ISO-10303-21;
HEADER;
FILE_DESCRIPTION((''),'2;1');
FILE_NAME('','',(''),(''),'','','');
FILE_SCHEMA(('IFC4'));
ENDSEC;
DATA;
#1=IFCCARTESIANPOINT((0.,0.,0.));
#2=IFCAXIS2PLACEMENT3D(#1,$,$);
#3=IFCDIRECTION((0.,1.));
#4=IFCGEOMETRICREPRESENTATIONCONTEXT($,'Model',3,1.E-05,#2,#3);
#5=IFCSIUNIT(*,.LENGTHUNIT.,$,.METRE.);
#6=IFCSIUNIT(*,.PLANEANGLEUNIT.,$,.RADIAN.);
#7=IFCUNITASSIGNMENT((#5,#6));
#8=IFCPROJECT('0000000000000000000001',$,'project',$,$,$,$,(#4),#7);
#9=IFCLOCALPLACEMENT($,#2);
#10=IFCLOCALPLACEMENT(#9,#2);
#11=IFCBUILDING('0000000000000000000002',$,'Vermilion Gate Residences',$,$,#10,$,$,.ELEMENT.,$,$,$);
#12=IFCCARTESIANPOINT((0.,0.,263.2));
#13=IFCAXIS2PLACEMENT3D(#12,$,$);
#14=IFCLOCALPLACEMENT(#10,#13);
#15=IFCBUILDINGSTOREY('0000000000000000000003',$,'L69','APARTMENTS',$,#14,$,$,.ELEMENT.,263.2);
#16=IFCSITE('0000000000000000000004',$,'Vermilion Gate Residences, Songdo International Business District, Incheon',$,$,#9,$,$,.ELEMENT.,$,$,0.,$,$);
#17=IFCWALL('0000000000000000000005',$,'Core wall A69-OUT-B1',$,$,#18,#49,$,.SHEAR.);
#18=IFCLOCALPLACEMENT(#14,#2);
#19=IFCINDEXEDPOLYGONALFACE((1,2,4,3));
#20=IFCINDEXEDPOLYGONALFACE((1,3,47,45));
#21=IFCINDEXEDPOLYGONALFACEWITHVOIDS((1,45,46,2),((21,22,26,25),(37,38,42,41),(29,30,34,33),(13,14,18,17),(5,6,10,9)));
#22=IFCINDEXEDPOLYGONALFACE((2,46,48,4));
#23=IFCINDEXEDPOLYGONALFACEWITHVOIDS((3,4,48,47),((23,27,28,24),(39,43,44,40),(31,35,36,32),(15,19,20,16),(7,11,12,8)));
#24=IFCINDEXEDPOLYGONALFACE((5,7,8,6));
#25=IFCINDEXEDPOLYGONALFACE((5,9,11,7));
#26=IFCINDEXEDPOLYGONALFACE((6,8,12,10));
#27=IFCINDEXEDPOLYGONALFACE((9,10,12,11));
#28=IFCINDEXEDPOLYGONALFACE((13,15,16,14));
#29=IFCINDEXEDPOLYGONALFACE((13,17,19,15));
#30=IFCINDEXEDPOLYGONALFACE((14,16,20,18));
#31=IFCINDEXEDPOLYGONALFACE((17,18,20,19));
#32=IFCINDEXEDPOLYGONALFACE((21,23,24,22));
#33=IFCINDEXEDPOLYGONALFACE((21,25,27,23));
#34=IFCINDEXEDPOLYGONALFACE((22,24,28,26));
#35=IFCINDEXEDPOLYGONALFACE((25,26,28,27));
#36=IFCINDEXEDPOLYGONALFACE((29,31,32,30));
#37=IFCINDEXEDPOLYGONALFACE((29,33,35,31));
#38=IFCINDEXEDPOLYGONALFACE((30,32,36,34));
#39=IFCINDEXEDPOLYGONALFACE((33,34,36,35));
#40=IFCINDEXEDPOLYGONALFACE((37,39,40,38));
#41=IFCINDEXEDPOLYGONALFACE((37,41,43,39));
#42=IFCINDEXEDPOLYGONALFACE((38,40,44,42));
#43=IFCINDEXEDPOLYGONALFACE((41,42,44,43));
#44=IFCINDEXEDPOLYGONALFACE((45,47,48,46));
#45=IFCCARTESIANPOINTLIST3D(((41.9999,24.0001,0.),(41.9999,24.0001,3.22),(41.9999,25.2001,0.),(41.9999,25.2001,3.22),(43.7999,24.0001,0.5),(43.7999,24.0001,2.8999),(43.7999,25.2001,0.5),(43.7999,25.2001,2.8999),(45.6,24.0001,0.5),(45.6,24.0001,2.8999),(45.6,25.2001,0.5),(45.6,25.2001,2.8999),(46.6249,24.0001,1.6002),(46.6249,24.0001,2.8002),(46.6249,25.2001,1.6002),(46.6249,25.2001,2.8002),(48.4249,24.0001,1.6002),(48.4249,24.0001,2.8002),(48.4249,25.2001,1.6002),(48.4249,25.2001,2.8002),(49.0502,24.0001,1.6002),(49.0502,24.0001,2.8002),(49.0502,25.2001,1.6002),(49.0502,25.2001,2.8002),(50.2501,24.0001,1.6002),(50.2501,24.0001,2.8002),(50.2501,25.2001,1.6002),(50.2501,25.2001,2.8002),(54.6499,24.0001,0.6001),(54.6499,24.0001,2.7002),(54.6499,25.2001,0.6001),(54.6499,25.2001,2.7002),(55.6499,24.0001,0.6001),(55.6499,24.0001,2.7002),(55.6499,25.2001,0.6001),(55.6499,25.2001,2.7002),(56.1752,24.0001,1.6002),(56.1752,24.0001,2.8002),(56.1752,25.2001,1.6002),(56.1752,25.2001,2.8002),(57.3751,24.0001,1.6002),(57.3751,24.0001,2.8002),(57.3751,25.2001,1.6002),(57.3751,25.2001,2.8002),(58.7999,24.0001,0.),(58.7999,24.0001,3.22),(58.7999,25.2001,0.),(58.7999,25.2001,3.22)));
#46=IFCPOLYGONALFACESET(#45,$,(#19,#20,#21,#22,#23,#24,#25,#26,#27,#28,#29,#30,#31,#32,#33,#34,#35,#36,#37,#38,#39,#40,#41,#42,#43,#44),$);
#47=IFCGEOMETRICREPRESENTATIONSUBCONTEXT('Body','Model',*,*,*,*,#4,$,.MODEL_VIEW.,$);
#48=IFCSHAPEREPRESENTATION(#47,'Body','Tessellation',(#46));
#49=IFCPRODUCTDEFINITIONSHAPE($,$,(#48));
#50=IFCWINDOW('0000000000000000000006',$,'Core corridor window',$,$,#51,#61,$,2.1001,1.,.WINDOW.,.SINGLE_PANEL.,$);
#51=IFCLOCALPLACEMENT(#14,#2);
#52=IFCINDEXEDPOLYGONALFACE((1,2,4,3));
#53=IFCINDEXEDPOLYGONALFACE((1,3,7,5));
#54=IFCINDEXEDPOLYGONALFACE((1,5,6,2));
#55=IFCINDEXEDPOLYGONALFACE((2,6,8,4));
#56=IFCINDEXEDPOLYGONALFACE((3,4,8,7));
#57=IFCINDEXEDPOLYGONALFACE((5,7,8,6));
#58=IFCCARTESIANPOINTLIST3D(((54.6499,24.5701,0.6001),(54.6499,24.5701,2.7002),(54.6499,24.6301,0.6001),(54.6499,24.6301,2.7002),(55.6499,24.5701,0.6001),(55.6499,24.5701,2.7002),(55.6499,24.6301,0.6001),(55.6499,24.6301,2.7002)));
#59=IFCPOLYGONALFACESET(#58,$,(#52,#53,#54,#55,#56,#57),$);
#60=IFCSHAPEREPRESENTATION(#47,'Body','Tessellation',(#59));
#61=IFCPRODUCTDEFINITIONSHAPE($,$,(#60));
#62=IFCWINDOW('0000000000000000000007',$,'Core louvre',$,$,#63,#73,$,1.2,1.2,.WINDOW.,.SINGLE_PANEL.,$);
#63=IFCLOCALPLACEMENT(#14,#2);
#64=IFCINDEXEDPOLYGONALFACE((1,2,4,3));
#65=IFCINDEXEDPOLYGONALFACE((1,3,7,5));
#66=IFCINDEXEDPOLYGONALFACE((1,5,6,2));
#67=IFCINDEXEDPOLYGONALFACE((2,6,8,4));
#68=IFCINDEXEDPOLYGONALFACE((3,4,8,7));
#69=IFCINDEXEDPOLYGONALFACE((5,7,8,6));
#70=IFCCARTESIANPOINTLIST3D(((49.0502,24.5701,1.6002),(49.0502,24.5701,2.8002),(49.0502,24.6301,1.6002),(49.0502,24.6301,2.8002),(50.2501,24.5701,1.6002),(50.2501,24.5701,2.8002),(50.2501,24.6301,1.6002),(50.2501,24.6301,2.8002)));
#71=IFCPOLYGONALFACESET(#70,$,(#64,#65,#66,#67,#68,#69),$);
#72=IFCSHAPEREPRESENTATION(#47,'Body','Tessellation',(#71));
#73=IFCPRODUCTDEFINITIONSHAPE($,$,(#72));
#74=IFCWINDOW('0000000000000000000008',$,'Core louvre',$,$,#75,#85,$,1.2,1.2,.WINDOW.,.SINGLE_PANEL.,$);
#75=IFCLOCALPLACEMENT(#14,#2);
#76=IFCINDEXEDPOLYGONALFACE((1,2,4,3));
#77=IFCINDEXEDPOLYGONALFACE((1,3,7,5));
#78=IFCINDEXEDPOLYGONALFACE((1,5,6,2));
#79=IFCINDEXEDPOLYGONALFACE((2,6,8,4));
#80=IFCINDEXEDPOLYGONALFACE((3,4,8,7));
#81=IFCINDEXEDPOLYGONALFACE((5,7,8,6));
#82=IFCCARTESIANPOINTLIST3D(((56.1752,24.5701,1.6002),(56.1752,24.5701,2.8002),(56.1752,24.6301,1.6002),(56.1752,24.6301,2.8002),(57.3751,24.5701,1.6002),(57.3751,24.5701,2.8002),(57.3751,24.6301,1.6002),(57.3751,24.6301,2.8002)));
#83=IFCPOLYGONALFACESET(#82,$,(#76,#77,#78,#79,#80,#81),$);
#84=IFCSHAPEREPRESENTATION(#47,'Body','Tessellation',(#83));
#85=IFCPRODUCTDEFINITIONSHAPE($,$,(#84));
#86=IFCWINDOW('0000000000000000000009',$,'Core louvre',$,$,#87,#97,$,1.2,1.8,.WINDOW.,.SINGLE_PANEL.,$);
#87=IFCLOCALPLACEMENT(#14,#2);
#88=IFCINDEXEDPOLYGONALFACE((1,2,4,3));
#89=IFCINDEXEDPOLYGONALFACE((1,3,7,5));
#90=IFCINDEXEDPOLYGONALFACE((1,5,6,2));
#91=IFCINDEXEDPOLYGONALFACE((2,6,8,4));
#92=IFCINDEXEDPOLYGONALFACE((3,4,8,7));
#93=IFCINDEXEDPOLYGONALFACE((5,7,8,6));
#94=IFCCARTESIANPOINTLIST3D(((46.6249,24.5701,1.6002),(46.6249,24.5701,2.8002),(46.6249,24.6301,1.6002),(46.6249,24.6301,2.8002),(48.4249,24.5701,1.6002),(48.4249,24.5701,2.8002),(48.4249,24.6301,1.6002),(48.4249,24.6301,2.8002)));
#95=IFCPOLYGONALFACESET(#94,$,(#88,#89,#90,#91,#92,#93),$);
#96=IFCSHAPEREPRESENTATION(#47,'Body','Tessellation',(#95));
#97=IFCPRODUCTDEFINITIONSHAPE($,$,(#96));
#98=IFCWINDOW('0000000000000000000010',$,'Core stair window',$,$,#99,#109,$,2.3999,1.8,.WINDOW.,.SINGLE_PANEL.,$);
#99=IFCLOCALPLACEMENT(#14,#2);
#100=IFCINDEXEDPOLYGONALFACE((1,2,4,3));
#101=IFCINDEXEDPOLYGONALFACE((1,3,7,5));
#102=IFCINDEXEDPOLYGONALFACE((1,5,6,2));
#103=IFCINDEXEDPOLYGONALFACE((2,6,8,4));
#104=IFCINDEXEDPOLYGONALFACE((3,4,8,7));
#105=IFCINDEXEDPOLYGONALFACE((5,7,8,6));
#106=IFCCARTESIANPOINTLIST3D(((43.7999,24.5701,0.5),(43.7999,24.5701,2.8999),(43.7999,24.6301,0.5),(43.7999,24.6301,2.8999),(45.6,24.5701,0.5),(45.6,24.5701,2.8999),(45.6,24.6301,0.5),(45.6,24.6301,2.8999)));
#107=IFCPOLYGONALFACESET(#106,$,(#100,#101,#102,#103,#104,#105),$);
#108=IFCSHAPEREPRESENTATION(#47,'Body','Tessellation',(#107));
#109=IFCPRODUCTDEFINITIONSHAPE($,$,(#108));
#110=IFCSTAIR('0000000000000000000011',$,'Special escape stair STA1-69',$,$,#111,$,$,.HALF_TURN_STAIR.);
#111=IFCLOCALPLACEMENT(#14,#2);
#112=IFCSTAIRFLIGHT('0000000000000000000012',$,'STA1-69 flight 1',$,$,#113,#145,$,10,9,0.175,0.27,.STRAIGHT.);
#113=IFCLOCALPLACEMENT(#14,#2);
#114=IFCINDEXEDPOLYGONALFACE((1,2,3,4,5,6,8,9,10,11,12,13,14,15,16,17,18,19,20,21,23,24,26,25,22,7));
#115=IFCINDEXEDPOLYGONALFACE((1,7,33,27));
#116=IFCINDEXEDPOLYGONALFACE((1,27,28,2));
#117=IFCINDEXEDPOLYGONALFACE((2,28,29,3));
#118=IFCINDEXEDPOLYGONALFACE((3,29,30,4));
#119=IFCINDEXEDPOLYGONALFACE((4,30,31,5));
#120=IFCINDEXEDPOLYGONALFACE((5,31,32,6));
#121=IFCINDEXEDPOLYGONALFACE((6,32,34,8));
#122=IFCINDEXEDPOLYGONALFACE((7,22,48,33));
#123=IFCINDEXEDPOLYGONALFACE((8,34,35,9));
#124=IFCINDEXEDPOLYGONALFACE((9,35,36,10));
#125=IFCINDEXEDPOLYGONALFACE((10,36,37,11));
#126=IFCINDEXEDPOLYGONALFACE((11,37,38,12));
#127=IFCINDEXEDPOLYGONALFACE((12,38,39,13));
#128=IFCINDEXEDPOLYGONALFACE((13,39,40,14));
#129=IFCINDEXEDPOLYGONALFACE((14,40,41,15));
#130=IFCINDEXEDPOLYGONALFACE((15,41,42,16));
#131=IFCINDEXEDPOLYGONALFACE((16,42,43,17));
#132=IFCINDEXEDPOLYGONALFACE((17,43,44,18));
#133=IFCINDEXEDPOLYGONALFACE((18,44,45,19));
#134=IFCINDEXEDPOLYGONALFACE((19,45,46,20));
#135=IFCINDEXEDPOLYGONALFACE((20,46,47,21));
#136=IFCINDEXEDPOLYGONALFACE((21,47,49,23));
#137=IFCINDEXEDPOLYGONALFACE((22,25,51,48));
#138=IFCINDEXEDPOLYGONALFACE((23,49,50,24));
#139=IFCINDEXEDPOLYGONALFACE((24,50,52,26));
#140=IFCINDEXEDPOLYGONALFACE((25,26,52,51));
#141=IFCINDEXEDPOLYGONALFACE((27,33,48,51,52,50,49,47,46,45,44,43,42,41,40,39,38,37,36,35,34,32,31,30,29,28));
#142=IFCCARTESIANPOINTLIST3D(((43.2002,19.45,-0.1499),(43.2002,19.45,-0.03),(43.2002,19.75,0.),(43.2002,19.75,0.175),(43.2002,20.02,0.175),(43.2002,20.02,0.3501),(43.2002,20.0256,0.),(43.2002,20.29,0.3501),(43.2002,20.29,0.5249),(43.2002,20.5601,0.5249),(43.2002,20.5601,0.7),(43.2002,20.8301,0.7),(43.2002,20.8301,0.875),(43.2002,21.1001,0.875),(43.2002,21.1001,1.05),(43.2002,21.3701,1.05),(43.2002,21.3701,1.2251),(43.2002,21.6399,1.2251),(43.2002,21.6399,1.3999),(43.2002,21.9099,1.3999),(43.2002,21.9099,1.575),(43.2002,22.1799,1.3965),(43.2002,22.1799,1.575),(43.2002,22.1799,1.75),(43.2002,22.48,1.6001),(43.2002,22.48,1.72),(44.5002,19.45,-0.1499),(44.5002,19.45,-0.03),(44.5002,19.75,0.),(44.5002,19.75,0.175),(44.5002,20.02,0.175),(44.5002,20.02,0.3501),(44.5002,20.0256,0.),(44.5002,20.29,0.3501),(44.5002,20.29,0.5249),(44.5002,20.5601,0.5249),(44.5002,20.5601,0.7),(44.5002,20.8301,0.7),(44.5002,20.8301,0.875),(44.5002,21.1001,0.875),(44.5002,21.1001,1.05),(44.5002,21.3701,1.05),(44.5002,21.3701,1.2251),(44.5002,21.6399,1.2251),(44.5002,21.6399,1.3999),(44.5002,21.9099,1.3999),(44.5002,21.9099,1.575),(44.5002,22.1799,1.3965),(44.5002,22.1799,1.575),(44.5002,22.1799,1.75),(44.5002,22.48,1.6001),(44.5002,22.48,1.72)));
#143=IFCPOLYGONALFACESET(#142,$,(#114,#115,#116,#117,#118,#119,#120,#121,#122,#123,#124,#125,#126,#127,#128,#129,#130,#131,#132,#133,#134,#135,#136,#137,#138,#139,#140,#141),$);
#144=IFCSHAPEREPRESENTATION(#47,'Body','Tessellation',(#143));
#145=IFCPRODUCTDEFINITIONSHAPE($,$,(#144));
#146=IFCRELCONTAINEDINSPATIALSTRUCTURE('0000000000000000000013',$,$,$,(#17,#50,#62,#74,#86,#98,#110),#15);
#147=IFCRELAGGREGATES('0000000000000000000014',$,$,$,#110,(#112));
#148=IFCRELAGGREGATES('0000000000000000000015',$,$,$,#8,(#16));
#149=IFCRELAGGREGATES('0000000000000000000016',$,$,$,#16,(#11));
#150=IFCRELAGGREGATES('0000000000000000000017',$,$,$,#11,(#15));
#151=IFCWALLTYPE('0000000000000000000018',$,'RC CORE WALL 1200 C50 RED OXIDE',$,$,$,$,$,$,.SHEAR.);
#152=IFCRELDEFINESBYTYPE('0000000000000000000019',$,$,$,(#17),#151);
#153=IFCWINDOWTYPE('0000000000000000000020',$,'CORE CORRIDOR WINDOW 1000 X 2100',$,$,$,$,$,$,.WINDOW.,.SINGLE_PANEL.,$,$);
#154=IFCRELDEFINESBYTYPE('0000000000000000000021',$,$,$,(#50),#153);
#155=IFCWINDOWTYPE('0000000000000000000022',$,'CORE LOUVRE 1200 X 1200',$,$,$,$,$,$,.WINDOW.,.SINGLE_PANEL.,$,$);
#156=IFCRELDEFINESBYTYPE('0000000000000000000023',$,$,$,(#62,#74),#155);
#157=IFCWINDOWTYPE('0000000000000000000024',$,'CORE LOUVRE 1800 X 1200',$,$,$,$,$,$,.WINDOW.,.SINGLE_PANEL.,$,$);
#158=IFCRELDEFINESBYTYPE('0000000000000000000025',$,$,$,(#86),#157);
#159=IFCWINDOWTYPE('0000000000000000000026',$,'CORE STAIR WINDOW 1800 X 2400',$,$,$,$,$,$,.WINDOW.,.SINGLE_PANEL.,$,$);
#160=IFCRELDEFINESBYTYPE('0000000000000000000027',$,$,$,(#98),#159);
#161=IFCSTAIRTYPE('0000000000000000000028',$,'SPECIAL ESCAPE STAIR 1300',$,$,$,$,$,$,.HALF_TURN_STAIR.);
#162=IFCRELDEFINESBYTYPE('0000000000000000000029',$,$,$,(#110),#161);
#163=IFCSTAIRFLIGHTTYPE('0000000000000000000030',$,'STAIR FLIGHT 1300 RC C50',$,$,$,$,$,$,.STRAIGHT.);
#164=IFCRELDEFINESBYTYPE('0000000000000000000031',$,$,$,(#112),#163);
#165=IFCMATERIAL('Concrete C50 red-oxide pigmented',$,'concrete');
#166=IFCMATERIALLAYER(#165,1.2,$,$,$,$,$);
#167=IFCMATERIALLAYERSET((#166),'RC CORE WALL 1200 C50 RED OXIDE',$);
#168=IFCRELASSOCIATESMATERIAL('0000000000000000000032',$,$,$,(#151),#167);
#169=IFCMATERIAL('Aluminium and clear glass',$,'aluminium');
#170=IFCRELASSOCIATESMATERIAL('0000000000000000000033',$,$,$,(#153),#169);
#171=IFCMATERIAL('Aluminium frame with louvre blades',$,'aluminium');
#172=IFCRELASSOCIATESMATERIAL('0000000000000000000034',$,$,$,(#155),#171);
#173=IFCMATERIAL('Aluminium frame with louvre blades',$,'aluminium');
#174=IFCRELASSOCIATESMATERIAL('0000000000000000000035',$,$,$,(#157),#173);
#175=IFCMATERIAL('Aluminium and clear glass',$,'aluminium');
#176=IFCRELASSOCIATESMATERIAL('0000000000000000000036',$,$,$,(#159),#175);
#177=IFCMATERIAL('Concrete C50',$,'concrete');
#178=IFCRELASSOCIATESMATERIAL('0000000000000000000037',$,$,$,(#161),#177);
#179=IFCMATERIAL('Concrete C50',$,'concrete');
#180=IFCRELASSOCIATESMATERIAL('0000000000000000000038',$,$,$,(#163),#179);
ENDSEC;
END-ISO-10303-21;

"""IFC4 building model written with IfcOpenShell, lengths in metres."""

from ifc_helpers import new_model, si_unit, direction, frame, frame_2d, origin, place, context, subcontext, project, spatial, polyline, rectangle, outline, extrude, material, layer, layer_set, type_object, element, fill, aggregate, save


model = new_model("IFC4")

# Units and contexts
model_context = context("Model", 3, precision=1e-05, world=origin(), true_north=direction((0.0, 1.0)))
body_context = subcontext(model_context, "Body", "Model", "MODEL_VIEW")
ifc_project = project(units=[si_unit("LENGTHUNIT", "METRE"), si_unit("PLANEANGLEUNIT", "RADIAN")], contexts=[model_context])

# Site, building, storey
site_placement = place(None, origin())
site = spatial("IfcSite", under=ifc_project, at=site_placement, Name="Vermilion Gate Residences, Songdo International Business District, Incheon", CompositionType="ELEMENT", RefElevation=0.0)
building_placement = place(site_placement, origin())
building = spatial("IfcBuilding", under=site, at=building_placement, Name="Vermilion Gate Residences", CompositionType="ELEMENT")
storey_placement = place(building_placement, frame((0.0, 0.0, 263.2)))
storey = spatial("IfcBuildingStorey", under=building, at=storey_placement, Name="L69", Description="APARTMENTS", CompositionType="ELEMENT", Elevation=263.2)

# Wall, openings, windows
ifc_material_1 = material(Name="Concrete C50 red-oxide pigmented", Category="concrete")
ifc_layer_1 = layer(ifc_material_1, 1.2)
ifc_layer_set_1 = layer_set([ifc_layer_1], Name="RC CORE WALL 1200 C50 RED OXIDE")
wall_type_1 = type_object("IfcWallType", Name="RC CORE WALL 1200 C50 RED OXIDE", PredefinedType="SHEAR", material=ifc_layer_set_1)
wall_1_placement = place(storey_placement, frame((42.0, 24.6001, 0.0), z_axis=(0.0, 0.0, 1.0), x_axis=(1.0, 0.0, 0.0)))
wall_1 = element("IfcWall", 1, at=wall_1_placement, inside=storey, type_object=wall_type_1, Name="Core wall A69-OUT-B1", PredefinedType="SHEAR", context=body_context, shape_type="SweptSolid", body=[
    extrude(rectangle(XDim=16.8, YDim=1.2, at=frame_2d((8.3999, 0.0))), origin(), (0.0, 0.0, 1.0), 3.22),
])
opening_1_placement = place(wall_1_placement, frame((1.8, 0.0, 0.5)))
opening_1 = element("IfcOpeningElement", 2, at=opening_1_placement, cuts=wall_1, PredefinedType="OPENING", context=body_context, shape_type="SweptSolid", body=[
    extrude(rectangle(XDim=1.8, YDim=2.3999, at=frame_2d((0.8999, 1.2))), frame((0.0, 0.6099, 0.0), z_axis=(0.0, -1.0, 0.0), x_axis=(1.0, 0.0, 0.0)), (0.0, 0.0, 1.0), 1.22),
])
opening_2_placement = place(wall_1_placement, frame((4.625, 0.0, 1.6001)))
opening_2 = element("IfcOpeningElement", 3, at=opening_2_placement, cuts=wall_1, PredefinedType="OPENING", context=body_context, shape_type="SweptSolid", body=[
    extrude(rectangle(XDim=1.8, YDim=1.2, at=frame_2d((0.8999, 0.6001))), frame((0.0, 0.6099, 0.0), z_axis=(0.0, -1.0, 0.0), x_axis=(1.0, 0.0, 0.0)), (0.0, 0.0, 1.0), 1.22),
])
opening_3_placement = place(wall_1_placement, frame((7.05, 0.0, 1.6001)))
opening_3 = element("IfcOpeningElement", 4, at=opening_3_placement, cuts=wall_1, PredefinedType="OPENING", context=body_context, shape_type="SweptSolid", body=[
    extrude(rectangle(XDim=1.2, YDim=1.2, at=frame_2d((0.6001, 0.6001))), frame((0.0, 0.6099, 0.0), z_axis=(0.0, -1.0, 0.0), x_axis=(1.0, 0.0, 0.0)), (0.0, 0.0, 1.0), 1.22),
])
opening_4_placement = place(wall_1_placement, frame((12.6499, 0.0, 0.6001)))
opening_4 = element("IfcOpeningElement", 5, at=opening_4_placement, cuts=wall_1, PredefinedType="OPENING", context=body_context, shape_type="SweptSolid", body=[
    extrude(rectangle(XDim=1.0, YDim=2.1001, at=frame_2d((0.5, 1.05))), frame((0.0, 0.6099, 0.0), z_axis=(0.0, -1.0, 0.0), x_axis=(1.0, 0.0, 0.0)), (0.0, 0.0, 1.0), 1.22),
])
opening_5_placement = place(wall_1_placement, frame((14.175, 0.0, 1.6001)))
opening_5 = element("IfcOpeningElement", 6, at=opening_5_placement, cuts=wall_1, PredefinedType="OPENING", context=body_context, shape_type="SweptSolid", body=[
    extrude(rectangle(XDim=1.2, YDim=1.2, at=frame_2d((0.6001, 0.6001))), frame((0.0, 0.6099, 0.0), z_axis=(0.0, -1.0, 0.0), x_axis=(1.0, 0.0, 0.0)), (0.0, 0.0, 1.0), 1.22),
])
ifc_material_2 = material(Name="Aluminium and clear glass", Category="aluminium")
window_type_1 = type_object("IfcWindowType", Name="CORE CORRIDOR WINDOW 1000 X 2100", PartitioningType="SINGLE_PANEL", PredefinedType="WINDOW", material=ifc_material_2)
window_1_placement = place(opening_4_placement, origin())
window_1 = element("IfcWindow", 7, at=window_1_placement, inside=storey, type_object=window_type_1, Name="Core corridor window", OverallHeight=2.1001, OverallWidth=1.0, PartitioningType="SINGLE_PANEL", PredefinedType="WINDOW", context=body_context, shape_type="SweptSolid", body=[
    extrude(rectangle(XDim=1.0, YDim=2.1001, at=frame_2d((0.5, 1.05))), frame((0.0, 0.03, 0.0), z_axis=(0.0, -1.0, 0.0), x_axis=(1.0, 0.0, 0.0)), (0.0, 0.0, 1.0), 0.0601),
])
fill(opening_4, window_1)
ifc_material_3 = material(Name="Aluminium frame with louvre blades", Category="aluminium")
window_type_2 = type_object("IfcWindowType", Name="CORE LOUVRE 1200 X 1200", PartitioningType="SINGLE_PANEL", PredefinedType="WINDOW", material=ifc_material_3)
window_2_placement = place(opening_3_placement, origin())
window_2 = element("IfcWindow", 8, at=window_2_placement, inside=storey, type_object=window_type_2, Name="Core louvre", OverallHeight=1.2, OverallWidth=1.2, PartitioningType="SINGLE_PANEL", PredefinedType="WINDOW", context=body_context, shape_type="SweptSolid", body=[
    extrude(rectangle(XDim=1.2, YDim=1.2, at=frame_2d((0.6001, 0.6001))), frame((0.0, 0.03, 0.0), z_axis=(0.0, -1.0, 0.0), x_axis=(1.0, 0.0, 0.0)), (0.0, 0.0, 1.0), 0.0601),
])
fill(opening_3, window_2)
window_3_placement = place(opening_5_placement, origin())
window_3 = element("IfcWindow", 9, at=window_3_placement, inside=storey, type_object=window_type_2, Name="Core louvre", OverallHeight=1.2, OverallWidth=1.2, PartitioningType="SINGLE_PANEL", PredefinedType="WINDOW", context=body_context, shape_type="SweptSolid", body=[
    extrude(rectangle(XDim=1.2, YDim=1.2, at=frame_2d((0.6001, 0.6001))), frame((0.0, 0.03, 0.0), z_axis=(0.0, -1.0, 0.0), x_axis=(1.0, 0.0, 0.0)), (0.0, 0.0, 1.0), 0.0601),
])
fill(opening_5, window_3)
ifc_material_4 = material(Name="Aluminium frame with louvre blades", Category="aluminium")
window_type_3 = type_object("IfcWindowType", Name="CORE LOUVRE 1800 X 1200", PartitioningType="SINGLE_PANEL", PredefinedType="WINDOW", material=ifc_material_4)
window_4_placement = place(opening_2_placement, origin())
window_4 = element("IfcWindow", 10, at=window_4_placement, inside=storey, type_object=window_type_3, Name="Core louvre", OverallHeight=1.2, OverallWidth=1.8, PartitioningType="SINGLE_PANEL", PredefinedType="WINDOW", context=body_context, shape_type="SweptSolid", body=[
    extrude(rectangle(XDim=1.8, YDim=1.2, at=frame_2d((0.8999, 0.6001))), frame((0.0, 0.03, 0.0), z_axis=(0.0, -1.0, 0.0), x_axis=(1.0, 0.0, 0.0)), (0.0, 0.0, 1.0), 0.0601),
])
fill(opening_2, window_4)
ifc_material_5 = material(Name="Aluminium and clear glass", Category="aluminium")
window_type_4 = type_object("IfcWindowType", Name="CORE STAIR WINDOW 1800 X 2400", PartitioningType="SINGLE_PANEL", PredefinedType="WINDOW", material=ifc_material_5)
window_5_placement = place(opening_1_placement, origin())
window_5 = element("IfcWindow", 11, at=window_5_placement, inside=storey, type_object=window_type_4, Name="Core stair window", OverallHeight=2.3999, OverallWidth=1.8, PartitioningType="SINGLE_PANEL", PredefinedType="WINDOW", context=body_context, shape_type="SweptSolid", body=[
    extrude(rectangle(XDim=1.8, YDim=2.3999, at=frame_2d((0.8999, 1.2))), frame((0.0, 0.03, 0.0), z_axis=(0.0, -1.0, 0.0), x_axis=(1.0, 0.0, 0.0)), (0.0, 0.0, 1.0), 0.0601),
])
fill(opening_1, window_5)

# Stair, stair flight
ifc_material_6 = material(Name="Concrete C50", Category="concrete")
stair_type = type_object("IfcStairType", Name="SPECIAL ESCAPE STAIR 1300", PredefinedType="HALF_TURN_STAIR", material=ifc_material_6)
stair_placement = place(storey_placement, origin())
stair = element("IfcStair", 12, at=stair_placement, inside=storey, type_object=stair_type, Name="Special escape stair STA1-69", PredefinedType="HALF_TURN_STAIR")
ifc_material_7 = material(Name="Concrete C50", Category="concrete")
stair_flight_type = type_object("IfcStairFlightType", Name="STAIR FLIGHT 1300 RC C50", PredefinedType="STRAIGHT", material=ifc_material_7)
stair_flight_1_placement = place(storey_placement, frame((43.8501, 19.75, 0.0), z_axis=(0.0, 0.0, 1.0), x_axis=(0.0, 1.0, 0.0)))
stair_flight_1 = element("IfcStairFlight", 13, at=stair_flight_1_placement, type_object=stair_flight_type, Name="STA1-69 flight 1", NumberOfRisers=10, NumberOfTreads=9, PredefinedType="STRAIGHT", RiserHeight=0.175, TreadLength=0.27, context=body_context, shape_type="SweptSolid", body=[
    extrude(outline(polyline([(-0.3, -0.1499), (-0.3, -0.03), (0.0, 0.0), (0.0, 0.175), (0.27, 0.175), (0.27, 0.3501), (0.54, 0.3501), (0.54, 0.5249), (0.8101, 0.5249), (0.8101, 0.7), (1.0801, 0.7), (1.0801, 0.875), (1.3501, 0.875), (1.3501, 1.05), (1.6201, 1.05), (1.6201, 1.2251), (1.8899, 1.2251), (1.8899, 1.3999), (2.1599, 1.3999), (2.1599, 1.575), (2.4299, 1.575), (2.4299, 1.75), (2.73, 1.72), (2.73, 1.6001), (2.4299, 1.3965), (0.2756, 0.0), (-0.3, -0.1499)])), frame((0.0, 0.6499, 0.0), z_axis=(0.0, -1.0, 0.0), x_axis=(1.0, 0.0, 0.0)), (0.0, 0.0, 1.0), 1.3),
])
aggregate(stair, [stair_flight_1])

save(model, "model.ifc")
